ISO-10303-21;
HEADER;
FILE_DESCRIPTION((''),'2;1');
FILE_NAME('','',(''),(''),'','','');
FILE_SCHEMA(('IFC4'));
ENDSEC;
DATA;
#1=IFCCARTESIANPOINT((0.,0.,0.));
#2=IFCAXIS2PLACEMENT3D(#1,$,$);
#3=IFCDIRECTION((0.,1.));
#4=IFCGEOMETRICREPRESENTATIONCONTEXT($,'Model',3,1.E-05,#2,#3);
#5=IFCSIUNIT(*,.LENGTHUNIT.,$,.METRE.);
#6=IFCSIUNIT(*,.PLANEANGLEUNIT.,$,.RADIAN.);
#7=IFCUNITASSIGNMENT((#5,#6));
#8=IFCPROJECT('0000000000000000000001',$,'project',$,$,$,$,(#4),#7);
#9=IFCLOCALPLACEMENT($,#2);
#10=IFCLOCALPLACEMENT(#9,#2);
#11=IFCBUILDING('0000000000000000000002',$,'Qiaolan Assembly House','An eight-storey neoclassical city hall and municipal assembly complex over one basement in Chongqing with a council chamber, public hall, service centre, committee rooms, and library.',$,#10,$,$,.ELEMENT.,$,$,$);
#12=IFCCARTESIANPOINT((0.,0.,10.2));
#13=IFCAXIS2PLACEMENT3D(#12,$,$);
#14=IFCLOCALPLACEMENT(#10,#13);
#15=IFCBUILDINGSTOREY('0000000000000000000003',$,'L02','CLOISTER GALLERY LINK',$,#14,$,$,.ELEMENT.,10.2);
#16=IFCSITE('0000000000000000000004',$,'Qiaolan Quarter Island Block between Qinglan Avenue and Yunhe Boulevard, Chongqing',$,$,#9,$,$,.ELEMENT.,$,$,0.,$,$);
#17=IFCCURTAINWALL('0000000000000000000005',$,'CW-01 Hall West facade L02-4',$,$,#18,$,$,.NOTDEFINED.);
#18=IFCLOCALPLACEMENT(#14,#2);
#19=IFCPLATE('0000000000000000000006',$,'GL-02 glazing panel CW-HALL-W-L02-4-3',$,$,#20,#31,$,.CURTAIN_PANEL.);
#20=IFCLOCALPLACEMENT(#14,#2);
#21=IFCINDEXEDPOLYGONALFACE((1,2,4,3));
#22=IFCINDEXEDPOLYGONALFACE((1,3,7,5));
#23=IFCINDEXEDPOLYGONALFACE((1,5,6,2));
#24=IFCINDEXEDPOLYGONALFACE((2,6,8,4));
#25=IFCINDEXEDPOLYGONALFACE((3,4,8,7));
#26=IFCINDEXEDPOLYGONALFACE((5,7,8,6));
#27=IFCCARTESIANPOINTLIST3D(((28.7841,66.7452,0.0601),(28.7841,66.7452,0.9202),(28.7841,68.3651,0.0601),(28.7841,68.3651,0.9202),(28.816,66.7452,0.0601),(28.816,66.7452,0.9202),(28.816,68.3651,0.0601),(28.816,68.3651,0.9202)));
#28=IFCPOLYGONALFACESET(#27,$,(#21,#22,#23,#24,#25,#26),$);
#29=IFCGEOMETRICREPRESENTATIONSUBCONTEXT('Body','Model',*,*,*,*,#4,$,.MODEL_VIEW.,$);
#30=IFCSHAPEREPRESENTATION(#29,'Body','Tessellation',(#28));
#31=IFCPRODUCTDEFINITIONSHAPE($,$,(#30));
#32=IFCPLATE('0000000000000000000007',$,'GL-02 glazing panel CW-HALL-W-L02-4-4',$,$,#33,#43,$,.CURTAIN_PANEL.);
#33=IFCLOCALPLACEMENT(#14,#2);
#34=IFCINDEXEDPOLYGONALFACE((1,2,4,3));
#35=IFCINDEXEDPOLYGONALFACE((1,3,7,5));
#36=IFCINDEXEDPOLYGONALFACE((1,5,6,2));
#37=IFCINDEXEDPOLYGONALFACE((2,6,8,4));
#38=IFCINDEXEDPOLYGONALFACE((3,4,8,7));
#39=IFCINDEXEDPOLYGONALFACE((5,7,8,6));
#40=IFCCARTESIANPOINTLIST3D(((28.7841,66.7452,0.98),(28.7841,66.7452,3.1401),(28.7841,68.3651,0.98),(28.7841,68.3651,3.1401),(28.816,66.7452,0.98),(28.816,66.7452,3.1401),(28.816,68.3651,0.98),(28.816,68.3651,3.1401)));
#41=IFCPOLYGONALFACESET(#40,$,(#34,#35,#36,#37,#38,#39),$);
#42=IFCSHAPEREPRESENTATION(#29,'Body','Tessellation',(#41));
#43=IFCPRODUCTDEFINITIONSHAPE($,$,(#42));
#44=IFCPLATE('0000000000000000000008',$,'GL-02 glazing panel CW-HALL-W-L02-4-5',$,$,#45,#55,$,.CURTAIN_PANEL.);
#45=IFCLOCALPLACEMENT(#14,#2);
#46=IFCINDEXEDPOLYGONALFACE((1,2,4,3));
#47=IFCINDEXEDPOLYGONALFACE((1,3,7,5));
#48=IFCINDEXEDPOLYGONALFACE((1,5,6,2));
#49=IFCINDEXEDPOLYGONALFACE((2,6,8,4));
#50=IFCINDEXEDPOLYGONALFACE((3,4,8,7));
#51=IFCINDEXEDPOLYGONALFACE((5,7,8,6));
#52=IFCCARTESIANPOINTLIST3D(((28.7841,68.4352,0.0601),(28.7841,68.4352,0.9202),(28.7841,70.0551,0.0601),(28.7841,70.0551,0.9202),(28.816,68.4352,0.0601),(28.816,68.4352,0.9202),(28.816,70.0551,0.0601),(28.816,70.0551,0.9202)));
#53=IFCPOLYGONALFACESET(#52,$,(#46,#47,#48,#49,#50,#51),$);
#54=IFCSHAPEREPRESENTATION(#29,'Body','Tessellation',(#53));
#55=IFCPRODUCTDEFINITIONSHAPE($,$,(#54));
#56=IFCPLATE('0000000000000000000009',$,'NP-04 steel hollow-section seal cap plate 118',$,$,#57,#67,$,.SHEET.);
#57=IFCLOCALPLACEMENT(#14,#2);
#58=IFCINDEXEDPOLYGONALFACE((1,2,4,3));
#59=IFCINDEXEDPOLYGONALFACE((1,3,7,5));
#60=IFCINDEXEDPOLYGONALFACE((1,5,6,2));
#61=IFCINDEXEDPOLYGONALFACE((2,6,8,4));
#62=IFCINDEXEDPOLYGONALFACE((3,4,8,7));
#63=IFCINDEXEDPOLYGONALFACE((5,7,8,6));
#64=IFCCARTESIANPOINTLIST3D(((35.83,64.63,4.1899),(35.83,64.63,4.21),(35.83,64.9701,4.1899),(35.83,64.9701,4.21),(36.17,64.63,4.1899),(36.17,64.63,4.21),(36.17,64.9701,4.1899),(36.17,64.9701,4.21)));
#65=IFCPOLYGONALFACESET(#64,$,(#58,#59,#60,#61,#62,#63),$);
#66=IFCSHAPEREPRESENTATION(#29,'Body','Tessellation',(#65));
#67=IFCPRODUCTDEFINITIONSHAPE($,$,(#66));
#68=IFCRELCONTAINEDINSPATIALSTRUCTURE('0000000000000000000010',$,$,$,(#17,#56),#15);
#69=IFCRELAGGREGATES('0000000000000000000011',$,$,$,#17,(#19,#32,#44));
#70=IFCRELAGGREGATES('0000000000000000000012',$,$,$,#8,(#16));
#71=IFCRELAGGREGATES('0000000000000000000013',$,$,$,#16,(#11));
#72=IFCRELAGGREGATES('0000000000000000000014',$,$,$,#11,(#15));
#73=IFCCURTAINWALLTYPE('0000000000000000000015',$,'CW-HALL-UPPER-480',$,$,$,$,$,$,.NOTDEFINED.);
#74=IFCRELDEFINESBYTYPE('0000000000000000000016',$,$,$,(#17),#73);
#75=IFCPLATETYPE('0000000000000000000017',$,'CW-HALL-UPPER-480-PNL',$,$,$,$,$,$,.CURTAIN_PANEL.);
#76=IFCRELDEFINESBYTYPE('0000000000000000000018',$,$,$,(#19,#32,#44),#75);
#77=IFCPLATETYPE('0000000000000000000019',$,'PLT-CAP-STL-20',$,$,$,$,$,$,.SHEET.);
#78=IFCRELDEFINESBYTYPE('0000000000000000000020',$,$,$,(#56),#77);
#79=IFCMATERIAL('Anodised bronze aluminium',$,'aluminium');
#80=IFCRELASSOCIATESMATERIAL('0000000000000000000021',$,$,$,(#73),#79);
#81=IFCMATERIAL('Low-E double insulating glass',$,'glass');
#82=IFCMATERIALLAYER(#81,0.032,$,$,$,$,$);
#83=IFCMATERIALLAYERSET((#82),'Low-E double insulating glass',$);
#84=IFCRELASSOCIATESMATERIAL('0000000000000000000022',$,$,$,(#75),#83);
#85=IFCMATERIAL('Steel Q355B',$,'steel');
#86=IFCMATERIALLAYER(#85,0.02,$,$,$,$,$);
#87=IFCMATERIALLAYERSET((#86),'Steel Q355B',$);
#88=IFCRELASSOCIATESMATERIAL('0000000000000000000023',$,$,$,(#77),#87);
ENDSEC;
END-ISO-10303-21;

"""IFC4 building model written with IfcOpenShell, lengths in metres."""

from ifc_helpers import new_model, si_unit, direction, frame, frame_2d, origin, origin_2d, place, context, subcontext, project, spatial, rectangle, extrude, material, layer, layer_set, type_object, element, aggregate, save


model = new_model("IFC4")

# Units and contexts
model_context = context("Model", 3, precision=1e-05, world=origin(), true_north=direction((0.0, 1.0)))
body_context = subcontext(model_context, "Body", "Model", "MODEL_VIEW")
ifc_project = project(units=[si_unit("LENGTHUNIT", "METRE"), si_unit("PLANEANGLEUNIT", "RADIAN")], contexts=[model_context])

# Site, building, storey
site_placement = place(None, origin())
site = spatial("IfcSite", under=ifc_project, at=site_placement, Name="Qiaolan Quarter Island Block between Qinglan Avenue and Yunhe Boulevard, Chongqing", CompositionType="ELEMENT", RefElevation=0.0)
building_placement = place(site_placement, origin())
building = spatial("IfcBuilding", under=site, at=building_placement, Name="Qiaolan Assembly House", Description="An eight-storey neoclassical city hall and municipal assembly complex over one basement in Chongqing with a council chamber, public hall, service centre, committee rooms, and library.", CompositionType="ELEMENT")
storey_placement = place(building_placement, frame((0.0, 0.0, 10.2)))
storey = spatial("IfcBuildingStorey", under=building, at=storey_placement, Name="L02", Description="CLOISTER GALLERY LINK", CompositionType="ELEMENT", Elevation=10.2)

# Shared definitions
ifc_material_1 = material(Name="Steel Q355B", Category="steel")

# Curtain wall
ifc_material_2 = material(Name="Anodised bronze aluminium", Category="aluminium")
curtain_wall_type = type_object("IfcCurtainWallType", Name="CW-HALL-UPPER-480", PredefinedType="NOTDEFINED", material=ifc_material_2)
curtain_wall_placement = place(storey_placement, origin())
curtain_wall = element("IfcCurtainWall", 1, at=curtain_wall_placement, inside=storey, type_object=curtain_wall_type, Name="CW-01 Hall West facade L02-4", PredefinedType="NOTDEFINED")

# Plates
ifc_material_3 = material(Name="Low-E double insulating glass", Category="glass")
ifc_layer_1 = layer(ifc_material_3, 0.032)
ifc_layer_set_1 = layer_set([ifc_layer_1], Name="Low-E double insulating glass")
plate_type_1 = type_object("IfcPlateType", Name="CW-HALL-UPPER-480-PNL", PredefinedType="CURTAIN_PANEL", material=ifc_layer_set_1)
plate_1_placement = place(storey_placement, frame((28.8, 66.7451, 0.0601), z_axis=(0.0, 0.0, 1.0), x_axis=(0.0, 1.0, 0.0)))
plate_1 = element("IfcPlate", 2, at=plate_1_placement, type_object=plate_type_1, Name="GL-02 glazing panel CW-HALL-W-L02-4-3", PredefinedType="CURTAIN_PANEL", context=body_context, shape_type="SweptSolid", body=[
    extrude(rectangle(XDim=1.6199, YDim=0.032, at=frame_2d((0.8101, 0.0))), origin(), (0.0, 0.0, 1.0), 0.8601),
])
plate_2_placement = place(storey_placement, frame((28.8, 66.7451, 0.98), z_axis=(0.0, 0.0, 1.0), x_axis=(0.0, 1.0, 0.0)))
plate_2 = element("IfcPlate", 3, at=plate_2_placement, type_object=plate_type_1, Name="GL-02 glazing panel CW-HALL-W-L02-4-4", PredefinedType="CURTAIN_PANEL", context=body_context, shape_type="SweptSolid", body=[
    extrude(rectangle(XDim=1.6199, YDim=0.032, at=frame_2d((0.8101, 0.0))), origin(), (0.0, 0.0, 1.0), 2.1602),
])
plate_3_placement = place(storey_placement, frame((28.8, 68.4351, 0.0601), z_axis=(0.0, 0.0, 1.0), x_axis=(0.0, 1.0, 0.0)))
plate_3 = element("IfcPlate", 4, at=plate_3_placement, type_object=plate_type_1, Name="GL-02 glazing panel CW-HALL-W-L02-4-5", PredefinedType="CURTAIN_PANEL", context=body_context, shape_type="SweptSolid", body=[
    extrude(rectangle(XDim=1.6199, YDim=0.032, at=frame_2d((0.8101, 0.0))), origin(), (0.0, 0.0, 1.0), 0.8601),
])
aggregate(curtain_wall, [plate_1, plate_2, plate_3])
ifc_layer_2 = layer(ifc_material_1, 0.02)
ifc_layer_set_2 = layer_set([ifc_layer_2], Name="Steel Q355B")
plate_type_2 = type_object("IfcPlateType", Name="PLT-CAP-STL-20", PredefinedType="SHEET", material=ifc_layer_set_2)
plate_4_placement = place(storey_placement, frame((36.0, 64.8, 4.1899), z_axis=(0.0, 0.0, 1.0), x_axis=(1.0, 0.0, 0.0)))
element("IfcPlate", 5, at=plate_4_placement, inside=storey, type_object=plate_type_2, Name="NP-04 steel hollow-section seal cap plate 118", PredefinedType="SHEET", context=body_context, shape_type="SweptSolid", body=[
    extrude(rectangle(XDim=0.3401, YDim=0.3401, at=origin_2d()), origin(), (0.0, 0.0, 1.0), 0.02),
])

save(model, "model.ifc")
